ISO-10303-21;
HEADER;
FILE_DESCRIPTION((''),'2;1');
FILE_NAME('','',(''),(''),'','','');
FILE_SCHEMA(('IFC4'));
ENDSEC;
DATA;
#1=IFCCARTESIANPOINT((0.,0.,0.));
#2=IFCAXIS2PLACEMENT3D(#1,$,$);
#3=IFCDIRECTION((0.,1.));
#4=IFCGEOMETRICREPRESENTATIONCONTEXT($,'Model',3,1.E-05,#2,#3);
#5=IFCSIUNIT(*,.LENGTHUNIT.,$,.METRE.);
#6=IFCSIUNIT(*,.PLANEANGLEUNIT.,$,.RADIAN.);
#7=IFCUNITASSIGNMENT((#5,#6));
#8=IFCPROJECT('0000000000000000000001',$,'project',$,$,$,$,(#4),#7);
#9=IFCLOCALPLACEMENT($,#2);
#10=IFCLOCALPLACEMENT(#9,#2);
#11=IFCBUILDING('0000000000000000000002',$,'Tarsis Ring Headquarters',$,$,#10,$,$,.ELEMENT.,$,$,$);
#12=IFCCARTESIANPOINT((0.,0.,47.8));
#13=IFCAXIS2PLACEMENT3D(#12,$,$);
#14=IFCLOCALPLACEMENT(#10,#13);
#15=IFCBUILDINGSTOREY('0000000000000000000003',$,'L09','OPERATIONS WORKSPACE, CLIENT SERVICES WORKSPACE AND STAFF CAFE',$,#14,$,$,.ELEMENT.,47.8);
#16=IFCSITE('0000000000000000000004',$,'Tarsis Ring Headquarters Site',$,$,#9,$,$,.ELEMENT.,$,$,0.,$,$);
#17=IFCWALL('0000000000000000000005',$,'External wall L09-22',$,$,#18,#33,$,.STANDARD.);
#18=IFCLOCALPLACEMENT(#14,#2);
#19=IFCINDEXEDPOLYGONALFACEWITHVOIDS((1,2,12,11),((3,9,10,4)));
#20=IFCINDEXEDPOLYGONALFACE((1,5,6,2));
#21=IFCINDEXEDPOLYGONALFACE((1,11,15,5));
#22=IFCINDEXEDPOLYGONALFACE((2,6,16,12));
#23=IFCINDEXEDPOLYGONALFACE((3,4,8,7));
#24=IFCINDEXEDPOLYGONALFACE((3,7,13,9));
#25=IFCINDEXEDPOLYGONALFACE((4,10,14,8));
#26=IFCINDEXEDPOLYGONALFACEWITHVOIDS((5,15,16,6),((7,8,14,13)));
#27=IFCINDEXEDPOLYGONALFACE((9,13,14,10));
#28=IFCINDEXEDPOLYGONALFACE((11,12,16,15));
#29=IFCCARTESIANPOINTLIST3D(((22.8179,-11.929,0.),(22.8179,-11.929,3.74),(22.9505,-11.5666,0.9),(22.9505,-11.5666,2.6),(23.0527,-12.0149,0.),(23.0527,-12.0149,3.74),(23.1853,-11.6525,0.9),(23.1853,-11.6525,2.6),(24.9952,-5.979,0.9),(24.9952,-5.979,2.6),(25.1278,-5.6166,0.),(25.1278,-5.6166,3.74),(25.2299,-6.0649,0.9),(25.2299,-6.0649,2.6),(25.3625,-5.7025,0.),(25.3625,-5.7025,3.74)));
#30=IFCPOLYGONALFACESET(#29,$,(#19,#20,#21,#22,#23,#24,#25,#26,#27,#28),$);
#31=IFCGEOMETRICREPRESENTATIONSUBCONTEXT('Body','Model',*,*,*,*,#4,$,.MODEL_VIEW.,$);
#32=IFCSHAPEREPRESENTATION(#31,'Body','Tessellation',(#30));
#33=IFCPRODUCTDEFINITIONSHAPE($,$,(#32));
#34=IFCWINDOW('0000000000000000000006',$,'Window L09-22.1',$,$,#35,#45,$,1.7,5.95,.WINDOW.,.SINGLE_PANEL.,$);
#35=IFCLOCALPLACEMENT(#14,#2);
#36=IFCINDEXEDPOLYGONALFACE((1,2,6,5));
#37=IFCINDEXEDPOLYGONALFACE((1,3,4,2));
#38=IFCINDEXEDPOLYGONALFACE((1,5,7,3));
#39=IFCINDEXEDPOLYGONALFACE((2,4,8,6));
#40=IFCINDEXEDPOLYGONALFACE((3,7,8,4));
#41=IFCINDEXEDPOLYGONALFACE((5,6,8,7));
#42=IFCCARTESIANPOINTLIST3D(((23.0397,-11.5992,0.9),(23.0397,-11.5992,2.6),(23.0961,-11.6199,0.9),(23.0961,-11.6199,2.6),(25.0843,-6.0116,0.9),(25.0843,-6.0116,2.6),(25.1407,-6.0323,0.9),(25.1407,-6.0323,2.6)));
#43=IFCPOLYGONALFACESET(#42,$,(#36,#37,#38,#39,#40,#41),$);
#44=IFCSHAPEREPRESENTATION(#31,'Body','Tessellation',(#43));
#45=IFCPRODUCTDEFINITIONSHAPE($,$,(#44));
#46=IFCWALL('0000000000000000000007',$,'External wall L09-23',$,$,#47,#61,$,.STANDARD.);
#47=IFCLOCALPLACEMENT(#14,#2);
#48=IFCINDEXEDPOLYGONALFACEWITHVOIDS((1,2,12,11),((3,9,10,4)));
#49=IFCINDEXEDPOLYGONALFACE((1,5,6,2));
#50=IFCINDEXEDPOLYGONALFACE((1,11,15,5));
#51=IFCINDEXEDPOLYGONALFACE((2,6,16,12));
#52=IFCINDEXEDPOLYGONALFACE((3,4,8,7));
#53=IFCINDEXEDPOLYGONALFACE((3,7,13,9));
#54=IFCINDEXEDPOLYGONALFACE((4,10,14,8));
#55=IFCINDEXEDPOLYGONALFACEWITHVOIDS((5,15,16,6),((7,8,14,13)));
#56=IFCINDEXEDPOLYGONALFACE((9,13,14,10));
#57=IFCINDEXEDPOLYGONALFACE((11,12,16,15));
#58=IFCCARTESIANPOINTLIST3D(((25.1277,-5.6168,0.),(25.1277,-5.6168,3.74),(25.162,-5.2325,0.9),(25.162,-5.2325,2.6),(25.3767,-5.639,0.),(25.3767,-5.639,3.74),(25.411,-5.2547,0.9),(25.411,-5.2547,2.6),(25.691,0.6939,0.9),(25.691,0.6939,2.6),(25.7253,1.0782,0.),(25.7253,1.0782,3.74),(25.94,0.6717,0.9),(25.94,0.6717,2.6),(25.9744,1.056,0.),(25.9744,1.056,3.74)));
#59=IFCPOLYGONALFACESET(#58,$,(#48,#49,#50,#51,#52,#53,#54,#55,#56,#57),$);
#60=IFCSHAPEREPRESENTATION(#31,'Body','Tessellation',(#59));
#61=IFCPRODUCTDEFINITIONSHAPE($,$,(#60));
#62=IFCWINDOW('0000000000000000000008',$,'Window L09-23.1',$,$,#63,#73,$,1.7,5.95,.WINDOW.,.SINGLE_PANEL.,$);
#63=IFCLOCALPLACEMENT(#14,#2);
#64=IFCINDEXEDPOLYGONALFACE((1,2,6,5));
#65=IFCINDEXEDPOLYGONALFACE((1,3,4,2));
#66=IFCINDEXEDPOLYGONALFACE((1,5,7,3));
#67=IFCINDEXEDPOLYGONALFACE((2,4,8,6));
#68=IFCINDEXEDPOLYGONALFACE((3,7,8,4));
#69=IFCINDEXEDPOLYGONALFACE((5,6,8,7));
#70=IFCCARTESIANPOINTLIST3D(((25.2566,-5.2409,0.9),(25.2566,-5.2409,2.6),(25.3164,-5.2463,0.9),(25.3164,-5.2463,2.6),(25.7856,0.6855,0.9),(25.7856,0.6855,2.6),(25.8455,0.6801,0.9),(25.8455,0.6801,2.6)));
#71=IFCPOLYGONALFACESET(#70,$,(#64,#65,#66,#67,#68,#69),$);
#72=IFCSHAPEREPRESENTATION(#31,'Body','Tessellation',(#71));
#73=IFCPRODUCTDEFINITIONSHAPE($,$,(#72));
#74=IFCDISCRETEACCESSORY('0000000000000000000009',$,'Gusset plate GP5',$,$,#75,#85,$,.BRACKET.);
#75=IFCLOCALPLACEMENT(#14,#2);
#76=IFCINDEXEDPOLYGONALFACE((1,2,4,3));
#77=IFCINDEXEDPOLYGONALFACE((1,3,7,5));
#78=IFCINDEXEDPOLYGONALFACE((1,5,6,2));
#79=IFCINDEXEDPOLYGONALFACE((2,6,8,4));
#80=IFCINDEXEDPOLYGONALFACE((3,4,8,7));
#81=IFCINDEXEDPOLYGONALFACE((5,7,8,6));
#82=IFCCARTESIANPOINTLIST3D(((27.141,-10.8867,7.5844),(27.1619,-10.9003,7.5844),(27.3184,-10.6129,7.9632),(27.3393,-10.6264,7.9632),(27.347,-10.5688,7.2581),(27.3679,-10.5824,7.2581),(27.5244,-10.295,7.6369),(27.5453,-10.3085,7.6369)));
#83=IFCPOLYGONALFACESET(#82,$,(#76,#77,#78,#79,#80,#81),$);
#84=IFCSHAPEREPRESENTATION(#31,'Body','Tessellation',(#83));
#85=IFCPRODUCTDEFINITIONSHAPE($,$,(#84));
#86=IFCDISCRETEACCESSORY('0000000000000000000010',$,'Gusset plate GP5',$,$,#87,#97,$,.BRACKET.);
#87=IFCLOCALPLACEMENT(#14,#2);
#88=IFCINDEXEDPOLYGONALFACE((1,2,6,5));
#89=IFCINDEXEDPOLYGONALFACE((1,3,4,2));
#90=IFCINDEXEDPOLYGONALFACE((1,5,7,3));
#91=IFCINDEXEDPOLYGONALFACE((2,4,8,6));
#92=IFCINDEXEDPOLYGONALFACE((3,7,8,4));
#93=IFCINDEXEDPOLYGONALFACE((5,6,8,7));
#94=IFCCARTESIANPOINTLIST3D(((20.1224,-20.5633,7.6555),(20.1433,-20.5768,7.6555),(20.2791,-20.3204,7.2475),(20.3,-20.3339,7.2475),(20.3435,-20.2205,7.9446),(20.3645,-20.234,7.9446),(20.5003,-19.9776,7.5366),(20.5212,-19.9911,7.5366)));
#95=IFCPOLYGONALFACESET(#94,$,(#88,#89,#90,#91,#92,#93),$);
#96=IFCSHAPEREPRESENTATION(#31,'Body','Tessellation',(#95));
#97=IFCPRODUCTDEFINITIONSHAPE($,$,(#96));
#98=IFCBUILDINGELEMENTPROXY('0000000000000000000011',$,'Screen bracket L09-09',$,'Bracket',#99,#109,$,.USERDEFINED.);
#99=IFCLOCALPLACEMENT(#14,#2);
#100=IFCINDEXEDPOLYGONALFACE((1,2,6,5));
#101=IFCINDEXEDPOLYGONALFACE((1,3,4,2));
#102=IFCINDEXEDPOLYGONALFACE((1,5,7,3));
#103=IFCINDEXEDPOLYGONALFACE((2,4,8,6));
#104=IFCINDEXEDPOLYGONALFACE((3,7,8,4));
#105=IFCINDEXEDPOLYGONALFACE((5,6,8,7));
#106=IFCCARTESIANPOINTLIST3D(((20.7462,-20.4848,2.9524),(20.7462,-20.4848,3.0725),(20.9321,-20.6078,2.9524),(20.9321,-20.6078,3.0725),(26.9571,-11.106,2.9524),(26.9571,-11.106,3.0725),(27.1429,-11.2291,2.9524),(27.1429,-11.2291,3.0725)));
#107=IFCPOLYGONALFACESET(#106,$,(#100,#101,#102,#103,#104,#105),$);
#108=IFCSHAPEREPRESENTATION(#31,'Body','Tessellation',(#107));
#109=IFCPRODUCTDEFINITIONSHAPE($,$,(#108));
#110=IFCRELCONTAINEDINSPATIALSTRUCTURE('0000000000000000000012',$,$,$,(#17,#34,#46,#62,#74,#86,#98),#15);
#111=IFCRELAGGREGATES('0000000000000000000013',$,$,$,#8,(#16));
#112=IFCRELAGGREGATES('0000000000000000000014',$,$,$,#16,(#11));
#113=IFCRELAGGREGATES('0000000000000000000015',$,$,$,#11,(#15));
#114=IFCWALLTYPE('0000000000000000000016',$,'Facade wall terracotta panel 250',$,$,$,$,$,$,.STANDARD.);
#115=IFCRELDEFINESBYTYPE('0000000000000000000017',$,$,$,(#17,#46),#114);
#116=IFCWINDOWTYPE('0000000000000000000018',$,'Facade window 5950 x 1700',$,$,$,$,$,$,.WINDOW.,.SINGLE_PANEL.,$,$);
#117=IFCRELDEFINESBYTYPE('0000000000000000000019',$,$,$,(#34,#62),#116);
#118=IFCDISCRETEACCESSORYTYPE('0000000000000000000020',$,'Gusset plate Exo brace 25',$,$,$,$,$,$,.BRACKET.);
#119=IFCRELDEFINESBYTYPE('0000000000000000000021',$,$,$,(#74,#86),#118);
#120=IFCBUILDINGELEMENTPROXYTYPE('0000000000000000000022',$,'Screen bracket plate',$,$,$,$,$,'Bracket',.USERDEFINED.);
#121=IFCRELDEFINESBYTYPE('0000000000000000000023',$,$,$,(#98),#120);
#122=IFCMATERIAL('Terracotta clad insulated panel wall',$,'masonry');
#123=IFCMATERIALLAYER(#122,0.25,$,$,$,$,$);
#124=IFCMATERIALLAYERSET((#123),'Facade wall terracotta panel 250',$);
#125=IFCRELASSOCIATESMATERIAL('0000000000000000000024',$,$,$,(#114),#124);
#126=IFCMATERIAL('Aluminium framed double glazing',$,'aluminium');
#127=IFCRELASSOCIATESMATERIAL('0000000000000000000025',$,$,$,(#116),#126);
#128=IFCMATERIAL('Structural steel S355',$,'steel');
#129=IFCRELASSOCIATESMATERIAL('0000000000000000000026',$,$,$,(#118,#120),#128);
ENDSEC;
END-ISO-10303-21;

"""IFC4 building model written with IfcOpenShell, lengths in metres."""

from ifc_helpers import new_model, si_unit, direction, frame, frame_2d, origin, origin_2d, place, context, subcontext, project, spatial, rectangle, extrude, material, layer, layer_set, material_profile, profile_set, type_object, element, fill, save


model = new_model("IFC4")

# Units and contexts
model_context = context("Model", 3, precision=1e-05, world=origin(), true_north=direction((0.0, 1.0)))
body_context = subcontext(model_context, "Body", "Model", "MODEL_VIEW")
ifc_project = project(units=[si_unit("LENGTHUNIT", "METRE"), si_unit("PLANEANGLEUNIT", "RADIAN")], contexts=[model_context])

# Site, building, storey
site_placement = place(None, origin())
site = spatial("IfcSite", under=ifc_project, at=site_placement, Name="Tarsis Ring Headquarters Site", CompositionType="ELEMENT", RefElevation=0.0)
building_placement = place(site_placement, origin())
building = spatial("IfcBuilding", under=site, at=building_placement, Name="Tarsis Ring Headquarters", CompositionType="ELEMENT")
storey_placement = place(building_placement, frame((0.0, 0.0, 47.8)))
storey = spatial("IfcBuildingStorey", under=building, at=storey_placement, Name="L09", Description="OPERATIONS WORKSPACE, CLIENT SERVICES WORKSPACE AND STAFF CAFE", CompositionType="ELEMENT", Elevation=47.8)

# Shared definitions
ifc_material_1 = material(Name="Structural steel S355", Category="steel")

# Walls, openings, windows
ifc_material_2 = material(Name="Terracotta clad insulated panel wall", Category="masonry")
ifc_layer_1 = layer(ifc_material_2, 0.25)
ifc_layer_set_1 = layer_set([ifc_layer_1], Name="Facade wall terracotta panel 250")
wall_type_1 = type_object("IfcWallType", Name="Facade wall terracotta panel 250", PredefinedType="STANDARD", material=ifc_layer_set_1)
ifc_material_3 = material(Name="Aluminium framed double glazing", Category="aluminium")
window_type = type_object("IfcWindowType", Name="Facade window 5950 x 1700", PartitioningType="SINGLE_PANEL", PredefinedType="WINDOW", material=ifc_material_3)
wall_1_placement = place(storey_placement, frame((22.9353, -11.9719, 0.0), z_axis=(0.0, 0.0, 1.0), x_axis=(0.343641, 0.939101, 0.0)))
wall_1 = element("IfcWall", 1, at=wall_1_placement, inside=storey, type_object=wall_type_1, Name="External wall L09-22", PredefinedType="STANDARD", context=body_context, shape_type="SweptSolid", body=[
    extrude(rectangle(XDim=6.7217, YDim=0.25, at=frame_2d((3.3608, 0.0))), origin(), (0.0, 0.0, 1.0), 3.74),
])
opening_1_placement = place(wall_1_placement, frame((0.3857, 0.0, 0.8999)))
opening_1 = element("IfcOpeningElement", 2, at=opening_1_placement, cuts=wall_1, PredefinedType="OPENING", context=body_context, shape_type="SweptSolid", body=[
    extrude(rectangle(XDim=5.95, YDim=1.7, at=frame_2d((2.9751, 0.8501))), frame((0.0, 0.135, 0.0), z_axis=(0.0, -1.0, 0.0), x_axis=(1.0, 0.0, 0.0)), (0.0, 0.0, 1.0), 0.27),
])
window_1_placement = place(opening_1_placement, origin())
window_1 = element("IfcWindow", 3, at=window_1_placement, inside=storey, type_object=window_type, Name="Window L09-22.1", OverallHeight=1.7, OverallWidth=5.95, PartitioningType="SINGLE_PANEL", PredefinedType="WINDOW", context=body_context, shape_type="SweptSolid", body=[
    extrude(rectangle(XDim=5.95, YDim=1.7, at=frame_2d((2.9751, 0.8501))), frame((0.0, 0.03, 0.0), z_axis=(0.0, -1.0, 0.0), x_axis=(1.0, 0.0, 0.0)), (0.0, 0.0, 1.0), 0.0601),
])
fill(opening_1, window_1)
wall_2_placement = place(storey_placement, frame((25.2522, -5.6279, 0.0), z_axis=(0.0, 0.0, 1.0), x_axis=(0.088915, 0.996039, 0.0)))
wall_2 = element("IfcWall", 4, at=wall_2_placement, inside=storey, type_object=wall_type_1, Name="External wall L09-23", PredefinedType="STANDARD", context=body_context, shape_type="SweptSolid", body=[
    extrude(rectangle(XDim=6.7217, YDim=0.25, at=frame_2d((3.3608, 0.0))), origin(), (0.0, 0.0, 1.0), 3.74),
])
opening_2_placement = place(wall_2_placement, frame((0.3857, 0.0, 0.8999)))
opening_2 = element("IfcOpeningElement", 5, at=opening_2_placement, cuts=wall_2, PredefinedType="OPENING", context=body_context, shape_type="SweptSolid", body=[
    extrude(rectangle(XDim=5.95, YDim=1.7, at=frame_2d((2.9751, 0.8501))), frame((0.0, 0.135, 0.0), z_axis=(0.0, -1.0, 0.0), x_axis=(1.0, 0.0, 0.0)), (0.0, 0.0, 1.0), 0.27),
])
window_2_placement = place(opening_2_placement, origin())
window_2 = element("IfcWindow", 6, at=window_2_placement, inside=storey, type_object=window_type, Name="Window L09-23.1", OverallHeight=1.7, OverallWidth=5.95, PartitioningType="SINGLE_PANEL", PredefinedType="WINDOW", context=body_context, shape_type="SweptSolid", body=[
    extrude(rectangle(XDim=5.95, YDim=1.7, at=frame_2d((2.9751, 0.8501))), frame((0.0, 0.03, 0.0), z_axis=(0.0, -1.0, 0.0), x_axis=(1.0, 0.0, 0.0)), (0.0, 0.0, 1.0), 0.0601),
])
fill(opening_2, window_2)

# Discrete accessories
ifc_material_profile_1 = material_profile(ifc_material_1, rectangle(XDim=0.0249, YDim=0.5, at=origin_2d()), Name="PL 25x500")
ifc_profile_set_1 = profile_set([ifc_material_profile_1], Name="Structural steel S355")
discrete_accessory_type = type_object("IfcDiscreteAccessoryType", Name="Gusset plate Exo brace 25", PredefinedType="BRACKET", material=ifc_profile_set_1)
for number, where, z_axis, x_axis, name in (
    (7, (27.4319, -10.4607, 7.8), (-0.354904, -0.547733, -0.757649), (0.839229, -0.543778, 0.0), "Gusset plate GP5"),
    (8, (20.2434, -20.3987, 7.8), (0.313472, 0.485833, -0.815906), (-0.840272, 0.542165, 0.0), "Gusset plate GP5"),
):
    element("IfcDiscreteAccessory", number, at=place(storey_placement, frame(where, z_axis=z_axis, x_axis=x_axis)), inside=storey, type_object=discrete_accessory_type, Name=name, PredefinedType="BRACKET", context=body_context, shape_type="SweptSolid", body=[
        extrude(rectangle(XDim=0.0249, YDim=0.5, at=origin_2d()), origin(), (0.0, 0.0, 1.0), 0.5),
    ])

# Building element proxy
building_element_proxy_type = type_object("IfcBuildingElementProxyType", Name="Screen bracket plate", ElementType="Bracket", PredefinedType="USERDEFINED", material=ifc_material_1)
proxy_placement = place(storey_placement, frame((23.9446, -15.8569, 2.9524), z_axis=(0.0, 0.0, 1.0), x_axis=(0.552137, 0.833753, 0.0)))
element("IfcBuildingElementProxy", 9, at=proxy_placement, inside=storey, type_object=building_element_proxy_type, Name="Screen bracket L09-09", ObjectType="Bracket", PredefinedType="USERDEFINED", context=body_context, shape_type="SweptSolid", body=[
    extrude(rectangle(XDim=11.2488, YDim=0.2229, at=origin_2d()), origin(), (0.0, 0.0, 1.0), 0.1201),
])

save(model, "model.ifc")
